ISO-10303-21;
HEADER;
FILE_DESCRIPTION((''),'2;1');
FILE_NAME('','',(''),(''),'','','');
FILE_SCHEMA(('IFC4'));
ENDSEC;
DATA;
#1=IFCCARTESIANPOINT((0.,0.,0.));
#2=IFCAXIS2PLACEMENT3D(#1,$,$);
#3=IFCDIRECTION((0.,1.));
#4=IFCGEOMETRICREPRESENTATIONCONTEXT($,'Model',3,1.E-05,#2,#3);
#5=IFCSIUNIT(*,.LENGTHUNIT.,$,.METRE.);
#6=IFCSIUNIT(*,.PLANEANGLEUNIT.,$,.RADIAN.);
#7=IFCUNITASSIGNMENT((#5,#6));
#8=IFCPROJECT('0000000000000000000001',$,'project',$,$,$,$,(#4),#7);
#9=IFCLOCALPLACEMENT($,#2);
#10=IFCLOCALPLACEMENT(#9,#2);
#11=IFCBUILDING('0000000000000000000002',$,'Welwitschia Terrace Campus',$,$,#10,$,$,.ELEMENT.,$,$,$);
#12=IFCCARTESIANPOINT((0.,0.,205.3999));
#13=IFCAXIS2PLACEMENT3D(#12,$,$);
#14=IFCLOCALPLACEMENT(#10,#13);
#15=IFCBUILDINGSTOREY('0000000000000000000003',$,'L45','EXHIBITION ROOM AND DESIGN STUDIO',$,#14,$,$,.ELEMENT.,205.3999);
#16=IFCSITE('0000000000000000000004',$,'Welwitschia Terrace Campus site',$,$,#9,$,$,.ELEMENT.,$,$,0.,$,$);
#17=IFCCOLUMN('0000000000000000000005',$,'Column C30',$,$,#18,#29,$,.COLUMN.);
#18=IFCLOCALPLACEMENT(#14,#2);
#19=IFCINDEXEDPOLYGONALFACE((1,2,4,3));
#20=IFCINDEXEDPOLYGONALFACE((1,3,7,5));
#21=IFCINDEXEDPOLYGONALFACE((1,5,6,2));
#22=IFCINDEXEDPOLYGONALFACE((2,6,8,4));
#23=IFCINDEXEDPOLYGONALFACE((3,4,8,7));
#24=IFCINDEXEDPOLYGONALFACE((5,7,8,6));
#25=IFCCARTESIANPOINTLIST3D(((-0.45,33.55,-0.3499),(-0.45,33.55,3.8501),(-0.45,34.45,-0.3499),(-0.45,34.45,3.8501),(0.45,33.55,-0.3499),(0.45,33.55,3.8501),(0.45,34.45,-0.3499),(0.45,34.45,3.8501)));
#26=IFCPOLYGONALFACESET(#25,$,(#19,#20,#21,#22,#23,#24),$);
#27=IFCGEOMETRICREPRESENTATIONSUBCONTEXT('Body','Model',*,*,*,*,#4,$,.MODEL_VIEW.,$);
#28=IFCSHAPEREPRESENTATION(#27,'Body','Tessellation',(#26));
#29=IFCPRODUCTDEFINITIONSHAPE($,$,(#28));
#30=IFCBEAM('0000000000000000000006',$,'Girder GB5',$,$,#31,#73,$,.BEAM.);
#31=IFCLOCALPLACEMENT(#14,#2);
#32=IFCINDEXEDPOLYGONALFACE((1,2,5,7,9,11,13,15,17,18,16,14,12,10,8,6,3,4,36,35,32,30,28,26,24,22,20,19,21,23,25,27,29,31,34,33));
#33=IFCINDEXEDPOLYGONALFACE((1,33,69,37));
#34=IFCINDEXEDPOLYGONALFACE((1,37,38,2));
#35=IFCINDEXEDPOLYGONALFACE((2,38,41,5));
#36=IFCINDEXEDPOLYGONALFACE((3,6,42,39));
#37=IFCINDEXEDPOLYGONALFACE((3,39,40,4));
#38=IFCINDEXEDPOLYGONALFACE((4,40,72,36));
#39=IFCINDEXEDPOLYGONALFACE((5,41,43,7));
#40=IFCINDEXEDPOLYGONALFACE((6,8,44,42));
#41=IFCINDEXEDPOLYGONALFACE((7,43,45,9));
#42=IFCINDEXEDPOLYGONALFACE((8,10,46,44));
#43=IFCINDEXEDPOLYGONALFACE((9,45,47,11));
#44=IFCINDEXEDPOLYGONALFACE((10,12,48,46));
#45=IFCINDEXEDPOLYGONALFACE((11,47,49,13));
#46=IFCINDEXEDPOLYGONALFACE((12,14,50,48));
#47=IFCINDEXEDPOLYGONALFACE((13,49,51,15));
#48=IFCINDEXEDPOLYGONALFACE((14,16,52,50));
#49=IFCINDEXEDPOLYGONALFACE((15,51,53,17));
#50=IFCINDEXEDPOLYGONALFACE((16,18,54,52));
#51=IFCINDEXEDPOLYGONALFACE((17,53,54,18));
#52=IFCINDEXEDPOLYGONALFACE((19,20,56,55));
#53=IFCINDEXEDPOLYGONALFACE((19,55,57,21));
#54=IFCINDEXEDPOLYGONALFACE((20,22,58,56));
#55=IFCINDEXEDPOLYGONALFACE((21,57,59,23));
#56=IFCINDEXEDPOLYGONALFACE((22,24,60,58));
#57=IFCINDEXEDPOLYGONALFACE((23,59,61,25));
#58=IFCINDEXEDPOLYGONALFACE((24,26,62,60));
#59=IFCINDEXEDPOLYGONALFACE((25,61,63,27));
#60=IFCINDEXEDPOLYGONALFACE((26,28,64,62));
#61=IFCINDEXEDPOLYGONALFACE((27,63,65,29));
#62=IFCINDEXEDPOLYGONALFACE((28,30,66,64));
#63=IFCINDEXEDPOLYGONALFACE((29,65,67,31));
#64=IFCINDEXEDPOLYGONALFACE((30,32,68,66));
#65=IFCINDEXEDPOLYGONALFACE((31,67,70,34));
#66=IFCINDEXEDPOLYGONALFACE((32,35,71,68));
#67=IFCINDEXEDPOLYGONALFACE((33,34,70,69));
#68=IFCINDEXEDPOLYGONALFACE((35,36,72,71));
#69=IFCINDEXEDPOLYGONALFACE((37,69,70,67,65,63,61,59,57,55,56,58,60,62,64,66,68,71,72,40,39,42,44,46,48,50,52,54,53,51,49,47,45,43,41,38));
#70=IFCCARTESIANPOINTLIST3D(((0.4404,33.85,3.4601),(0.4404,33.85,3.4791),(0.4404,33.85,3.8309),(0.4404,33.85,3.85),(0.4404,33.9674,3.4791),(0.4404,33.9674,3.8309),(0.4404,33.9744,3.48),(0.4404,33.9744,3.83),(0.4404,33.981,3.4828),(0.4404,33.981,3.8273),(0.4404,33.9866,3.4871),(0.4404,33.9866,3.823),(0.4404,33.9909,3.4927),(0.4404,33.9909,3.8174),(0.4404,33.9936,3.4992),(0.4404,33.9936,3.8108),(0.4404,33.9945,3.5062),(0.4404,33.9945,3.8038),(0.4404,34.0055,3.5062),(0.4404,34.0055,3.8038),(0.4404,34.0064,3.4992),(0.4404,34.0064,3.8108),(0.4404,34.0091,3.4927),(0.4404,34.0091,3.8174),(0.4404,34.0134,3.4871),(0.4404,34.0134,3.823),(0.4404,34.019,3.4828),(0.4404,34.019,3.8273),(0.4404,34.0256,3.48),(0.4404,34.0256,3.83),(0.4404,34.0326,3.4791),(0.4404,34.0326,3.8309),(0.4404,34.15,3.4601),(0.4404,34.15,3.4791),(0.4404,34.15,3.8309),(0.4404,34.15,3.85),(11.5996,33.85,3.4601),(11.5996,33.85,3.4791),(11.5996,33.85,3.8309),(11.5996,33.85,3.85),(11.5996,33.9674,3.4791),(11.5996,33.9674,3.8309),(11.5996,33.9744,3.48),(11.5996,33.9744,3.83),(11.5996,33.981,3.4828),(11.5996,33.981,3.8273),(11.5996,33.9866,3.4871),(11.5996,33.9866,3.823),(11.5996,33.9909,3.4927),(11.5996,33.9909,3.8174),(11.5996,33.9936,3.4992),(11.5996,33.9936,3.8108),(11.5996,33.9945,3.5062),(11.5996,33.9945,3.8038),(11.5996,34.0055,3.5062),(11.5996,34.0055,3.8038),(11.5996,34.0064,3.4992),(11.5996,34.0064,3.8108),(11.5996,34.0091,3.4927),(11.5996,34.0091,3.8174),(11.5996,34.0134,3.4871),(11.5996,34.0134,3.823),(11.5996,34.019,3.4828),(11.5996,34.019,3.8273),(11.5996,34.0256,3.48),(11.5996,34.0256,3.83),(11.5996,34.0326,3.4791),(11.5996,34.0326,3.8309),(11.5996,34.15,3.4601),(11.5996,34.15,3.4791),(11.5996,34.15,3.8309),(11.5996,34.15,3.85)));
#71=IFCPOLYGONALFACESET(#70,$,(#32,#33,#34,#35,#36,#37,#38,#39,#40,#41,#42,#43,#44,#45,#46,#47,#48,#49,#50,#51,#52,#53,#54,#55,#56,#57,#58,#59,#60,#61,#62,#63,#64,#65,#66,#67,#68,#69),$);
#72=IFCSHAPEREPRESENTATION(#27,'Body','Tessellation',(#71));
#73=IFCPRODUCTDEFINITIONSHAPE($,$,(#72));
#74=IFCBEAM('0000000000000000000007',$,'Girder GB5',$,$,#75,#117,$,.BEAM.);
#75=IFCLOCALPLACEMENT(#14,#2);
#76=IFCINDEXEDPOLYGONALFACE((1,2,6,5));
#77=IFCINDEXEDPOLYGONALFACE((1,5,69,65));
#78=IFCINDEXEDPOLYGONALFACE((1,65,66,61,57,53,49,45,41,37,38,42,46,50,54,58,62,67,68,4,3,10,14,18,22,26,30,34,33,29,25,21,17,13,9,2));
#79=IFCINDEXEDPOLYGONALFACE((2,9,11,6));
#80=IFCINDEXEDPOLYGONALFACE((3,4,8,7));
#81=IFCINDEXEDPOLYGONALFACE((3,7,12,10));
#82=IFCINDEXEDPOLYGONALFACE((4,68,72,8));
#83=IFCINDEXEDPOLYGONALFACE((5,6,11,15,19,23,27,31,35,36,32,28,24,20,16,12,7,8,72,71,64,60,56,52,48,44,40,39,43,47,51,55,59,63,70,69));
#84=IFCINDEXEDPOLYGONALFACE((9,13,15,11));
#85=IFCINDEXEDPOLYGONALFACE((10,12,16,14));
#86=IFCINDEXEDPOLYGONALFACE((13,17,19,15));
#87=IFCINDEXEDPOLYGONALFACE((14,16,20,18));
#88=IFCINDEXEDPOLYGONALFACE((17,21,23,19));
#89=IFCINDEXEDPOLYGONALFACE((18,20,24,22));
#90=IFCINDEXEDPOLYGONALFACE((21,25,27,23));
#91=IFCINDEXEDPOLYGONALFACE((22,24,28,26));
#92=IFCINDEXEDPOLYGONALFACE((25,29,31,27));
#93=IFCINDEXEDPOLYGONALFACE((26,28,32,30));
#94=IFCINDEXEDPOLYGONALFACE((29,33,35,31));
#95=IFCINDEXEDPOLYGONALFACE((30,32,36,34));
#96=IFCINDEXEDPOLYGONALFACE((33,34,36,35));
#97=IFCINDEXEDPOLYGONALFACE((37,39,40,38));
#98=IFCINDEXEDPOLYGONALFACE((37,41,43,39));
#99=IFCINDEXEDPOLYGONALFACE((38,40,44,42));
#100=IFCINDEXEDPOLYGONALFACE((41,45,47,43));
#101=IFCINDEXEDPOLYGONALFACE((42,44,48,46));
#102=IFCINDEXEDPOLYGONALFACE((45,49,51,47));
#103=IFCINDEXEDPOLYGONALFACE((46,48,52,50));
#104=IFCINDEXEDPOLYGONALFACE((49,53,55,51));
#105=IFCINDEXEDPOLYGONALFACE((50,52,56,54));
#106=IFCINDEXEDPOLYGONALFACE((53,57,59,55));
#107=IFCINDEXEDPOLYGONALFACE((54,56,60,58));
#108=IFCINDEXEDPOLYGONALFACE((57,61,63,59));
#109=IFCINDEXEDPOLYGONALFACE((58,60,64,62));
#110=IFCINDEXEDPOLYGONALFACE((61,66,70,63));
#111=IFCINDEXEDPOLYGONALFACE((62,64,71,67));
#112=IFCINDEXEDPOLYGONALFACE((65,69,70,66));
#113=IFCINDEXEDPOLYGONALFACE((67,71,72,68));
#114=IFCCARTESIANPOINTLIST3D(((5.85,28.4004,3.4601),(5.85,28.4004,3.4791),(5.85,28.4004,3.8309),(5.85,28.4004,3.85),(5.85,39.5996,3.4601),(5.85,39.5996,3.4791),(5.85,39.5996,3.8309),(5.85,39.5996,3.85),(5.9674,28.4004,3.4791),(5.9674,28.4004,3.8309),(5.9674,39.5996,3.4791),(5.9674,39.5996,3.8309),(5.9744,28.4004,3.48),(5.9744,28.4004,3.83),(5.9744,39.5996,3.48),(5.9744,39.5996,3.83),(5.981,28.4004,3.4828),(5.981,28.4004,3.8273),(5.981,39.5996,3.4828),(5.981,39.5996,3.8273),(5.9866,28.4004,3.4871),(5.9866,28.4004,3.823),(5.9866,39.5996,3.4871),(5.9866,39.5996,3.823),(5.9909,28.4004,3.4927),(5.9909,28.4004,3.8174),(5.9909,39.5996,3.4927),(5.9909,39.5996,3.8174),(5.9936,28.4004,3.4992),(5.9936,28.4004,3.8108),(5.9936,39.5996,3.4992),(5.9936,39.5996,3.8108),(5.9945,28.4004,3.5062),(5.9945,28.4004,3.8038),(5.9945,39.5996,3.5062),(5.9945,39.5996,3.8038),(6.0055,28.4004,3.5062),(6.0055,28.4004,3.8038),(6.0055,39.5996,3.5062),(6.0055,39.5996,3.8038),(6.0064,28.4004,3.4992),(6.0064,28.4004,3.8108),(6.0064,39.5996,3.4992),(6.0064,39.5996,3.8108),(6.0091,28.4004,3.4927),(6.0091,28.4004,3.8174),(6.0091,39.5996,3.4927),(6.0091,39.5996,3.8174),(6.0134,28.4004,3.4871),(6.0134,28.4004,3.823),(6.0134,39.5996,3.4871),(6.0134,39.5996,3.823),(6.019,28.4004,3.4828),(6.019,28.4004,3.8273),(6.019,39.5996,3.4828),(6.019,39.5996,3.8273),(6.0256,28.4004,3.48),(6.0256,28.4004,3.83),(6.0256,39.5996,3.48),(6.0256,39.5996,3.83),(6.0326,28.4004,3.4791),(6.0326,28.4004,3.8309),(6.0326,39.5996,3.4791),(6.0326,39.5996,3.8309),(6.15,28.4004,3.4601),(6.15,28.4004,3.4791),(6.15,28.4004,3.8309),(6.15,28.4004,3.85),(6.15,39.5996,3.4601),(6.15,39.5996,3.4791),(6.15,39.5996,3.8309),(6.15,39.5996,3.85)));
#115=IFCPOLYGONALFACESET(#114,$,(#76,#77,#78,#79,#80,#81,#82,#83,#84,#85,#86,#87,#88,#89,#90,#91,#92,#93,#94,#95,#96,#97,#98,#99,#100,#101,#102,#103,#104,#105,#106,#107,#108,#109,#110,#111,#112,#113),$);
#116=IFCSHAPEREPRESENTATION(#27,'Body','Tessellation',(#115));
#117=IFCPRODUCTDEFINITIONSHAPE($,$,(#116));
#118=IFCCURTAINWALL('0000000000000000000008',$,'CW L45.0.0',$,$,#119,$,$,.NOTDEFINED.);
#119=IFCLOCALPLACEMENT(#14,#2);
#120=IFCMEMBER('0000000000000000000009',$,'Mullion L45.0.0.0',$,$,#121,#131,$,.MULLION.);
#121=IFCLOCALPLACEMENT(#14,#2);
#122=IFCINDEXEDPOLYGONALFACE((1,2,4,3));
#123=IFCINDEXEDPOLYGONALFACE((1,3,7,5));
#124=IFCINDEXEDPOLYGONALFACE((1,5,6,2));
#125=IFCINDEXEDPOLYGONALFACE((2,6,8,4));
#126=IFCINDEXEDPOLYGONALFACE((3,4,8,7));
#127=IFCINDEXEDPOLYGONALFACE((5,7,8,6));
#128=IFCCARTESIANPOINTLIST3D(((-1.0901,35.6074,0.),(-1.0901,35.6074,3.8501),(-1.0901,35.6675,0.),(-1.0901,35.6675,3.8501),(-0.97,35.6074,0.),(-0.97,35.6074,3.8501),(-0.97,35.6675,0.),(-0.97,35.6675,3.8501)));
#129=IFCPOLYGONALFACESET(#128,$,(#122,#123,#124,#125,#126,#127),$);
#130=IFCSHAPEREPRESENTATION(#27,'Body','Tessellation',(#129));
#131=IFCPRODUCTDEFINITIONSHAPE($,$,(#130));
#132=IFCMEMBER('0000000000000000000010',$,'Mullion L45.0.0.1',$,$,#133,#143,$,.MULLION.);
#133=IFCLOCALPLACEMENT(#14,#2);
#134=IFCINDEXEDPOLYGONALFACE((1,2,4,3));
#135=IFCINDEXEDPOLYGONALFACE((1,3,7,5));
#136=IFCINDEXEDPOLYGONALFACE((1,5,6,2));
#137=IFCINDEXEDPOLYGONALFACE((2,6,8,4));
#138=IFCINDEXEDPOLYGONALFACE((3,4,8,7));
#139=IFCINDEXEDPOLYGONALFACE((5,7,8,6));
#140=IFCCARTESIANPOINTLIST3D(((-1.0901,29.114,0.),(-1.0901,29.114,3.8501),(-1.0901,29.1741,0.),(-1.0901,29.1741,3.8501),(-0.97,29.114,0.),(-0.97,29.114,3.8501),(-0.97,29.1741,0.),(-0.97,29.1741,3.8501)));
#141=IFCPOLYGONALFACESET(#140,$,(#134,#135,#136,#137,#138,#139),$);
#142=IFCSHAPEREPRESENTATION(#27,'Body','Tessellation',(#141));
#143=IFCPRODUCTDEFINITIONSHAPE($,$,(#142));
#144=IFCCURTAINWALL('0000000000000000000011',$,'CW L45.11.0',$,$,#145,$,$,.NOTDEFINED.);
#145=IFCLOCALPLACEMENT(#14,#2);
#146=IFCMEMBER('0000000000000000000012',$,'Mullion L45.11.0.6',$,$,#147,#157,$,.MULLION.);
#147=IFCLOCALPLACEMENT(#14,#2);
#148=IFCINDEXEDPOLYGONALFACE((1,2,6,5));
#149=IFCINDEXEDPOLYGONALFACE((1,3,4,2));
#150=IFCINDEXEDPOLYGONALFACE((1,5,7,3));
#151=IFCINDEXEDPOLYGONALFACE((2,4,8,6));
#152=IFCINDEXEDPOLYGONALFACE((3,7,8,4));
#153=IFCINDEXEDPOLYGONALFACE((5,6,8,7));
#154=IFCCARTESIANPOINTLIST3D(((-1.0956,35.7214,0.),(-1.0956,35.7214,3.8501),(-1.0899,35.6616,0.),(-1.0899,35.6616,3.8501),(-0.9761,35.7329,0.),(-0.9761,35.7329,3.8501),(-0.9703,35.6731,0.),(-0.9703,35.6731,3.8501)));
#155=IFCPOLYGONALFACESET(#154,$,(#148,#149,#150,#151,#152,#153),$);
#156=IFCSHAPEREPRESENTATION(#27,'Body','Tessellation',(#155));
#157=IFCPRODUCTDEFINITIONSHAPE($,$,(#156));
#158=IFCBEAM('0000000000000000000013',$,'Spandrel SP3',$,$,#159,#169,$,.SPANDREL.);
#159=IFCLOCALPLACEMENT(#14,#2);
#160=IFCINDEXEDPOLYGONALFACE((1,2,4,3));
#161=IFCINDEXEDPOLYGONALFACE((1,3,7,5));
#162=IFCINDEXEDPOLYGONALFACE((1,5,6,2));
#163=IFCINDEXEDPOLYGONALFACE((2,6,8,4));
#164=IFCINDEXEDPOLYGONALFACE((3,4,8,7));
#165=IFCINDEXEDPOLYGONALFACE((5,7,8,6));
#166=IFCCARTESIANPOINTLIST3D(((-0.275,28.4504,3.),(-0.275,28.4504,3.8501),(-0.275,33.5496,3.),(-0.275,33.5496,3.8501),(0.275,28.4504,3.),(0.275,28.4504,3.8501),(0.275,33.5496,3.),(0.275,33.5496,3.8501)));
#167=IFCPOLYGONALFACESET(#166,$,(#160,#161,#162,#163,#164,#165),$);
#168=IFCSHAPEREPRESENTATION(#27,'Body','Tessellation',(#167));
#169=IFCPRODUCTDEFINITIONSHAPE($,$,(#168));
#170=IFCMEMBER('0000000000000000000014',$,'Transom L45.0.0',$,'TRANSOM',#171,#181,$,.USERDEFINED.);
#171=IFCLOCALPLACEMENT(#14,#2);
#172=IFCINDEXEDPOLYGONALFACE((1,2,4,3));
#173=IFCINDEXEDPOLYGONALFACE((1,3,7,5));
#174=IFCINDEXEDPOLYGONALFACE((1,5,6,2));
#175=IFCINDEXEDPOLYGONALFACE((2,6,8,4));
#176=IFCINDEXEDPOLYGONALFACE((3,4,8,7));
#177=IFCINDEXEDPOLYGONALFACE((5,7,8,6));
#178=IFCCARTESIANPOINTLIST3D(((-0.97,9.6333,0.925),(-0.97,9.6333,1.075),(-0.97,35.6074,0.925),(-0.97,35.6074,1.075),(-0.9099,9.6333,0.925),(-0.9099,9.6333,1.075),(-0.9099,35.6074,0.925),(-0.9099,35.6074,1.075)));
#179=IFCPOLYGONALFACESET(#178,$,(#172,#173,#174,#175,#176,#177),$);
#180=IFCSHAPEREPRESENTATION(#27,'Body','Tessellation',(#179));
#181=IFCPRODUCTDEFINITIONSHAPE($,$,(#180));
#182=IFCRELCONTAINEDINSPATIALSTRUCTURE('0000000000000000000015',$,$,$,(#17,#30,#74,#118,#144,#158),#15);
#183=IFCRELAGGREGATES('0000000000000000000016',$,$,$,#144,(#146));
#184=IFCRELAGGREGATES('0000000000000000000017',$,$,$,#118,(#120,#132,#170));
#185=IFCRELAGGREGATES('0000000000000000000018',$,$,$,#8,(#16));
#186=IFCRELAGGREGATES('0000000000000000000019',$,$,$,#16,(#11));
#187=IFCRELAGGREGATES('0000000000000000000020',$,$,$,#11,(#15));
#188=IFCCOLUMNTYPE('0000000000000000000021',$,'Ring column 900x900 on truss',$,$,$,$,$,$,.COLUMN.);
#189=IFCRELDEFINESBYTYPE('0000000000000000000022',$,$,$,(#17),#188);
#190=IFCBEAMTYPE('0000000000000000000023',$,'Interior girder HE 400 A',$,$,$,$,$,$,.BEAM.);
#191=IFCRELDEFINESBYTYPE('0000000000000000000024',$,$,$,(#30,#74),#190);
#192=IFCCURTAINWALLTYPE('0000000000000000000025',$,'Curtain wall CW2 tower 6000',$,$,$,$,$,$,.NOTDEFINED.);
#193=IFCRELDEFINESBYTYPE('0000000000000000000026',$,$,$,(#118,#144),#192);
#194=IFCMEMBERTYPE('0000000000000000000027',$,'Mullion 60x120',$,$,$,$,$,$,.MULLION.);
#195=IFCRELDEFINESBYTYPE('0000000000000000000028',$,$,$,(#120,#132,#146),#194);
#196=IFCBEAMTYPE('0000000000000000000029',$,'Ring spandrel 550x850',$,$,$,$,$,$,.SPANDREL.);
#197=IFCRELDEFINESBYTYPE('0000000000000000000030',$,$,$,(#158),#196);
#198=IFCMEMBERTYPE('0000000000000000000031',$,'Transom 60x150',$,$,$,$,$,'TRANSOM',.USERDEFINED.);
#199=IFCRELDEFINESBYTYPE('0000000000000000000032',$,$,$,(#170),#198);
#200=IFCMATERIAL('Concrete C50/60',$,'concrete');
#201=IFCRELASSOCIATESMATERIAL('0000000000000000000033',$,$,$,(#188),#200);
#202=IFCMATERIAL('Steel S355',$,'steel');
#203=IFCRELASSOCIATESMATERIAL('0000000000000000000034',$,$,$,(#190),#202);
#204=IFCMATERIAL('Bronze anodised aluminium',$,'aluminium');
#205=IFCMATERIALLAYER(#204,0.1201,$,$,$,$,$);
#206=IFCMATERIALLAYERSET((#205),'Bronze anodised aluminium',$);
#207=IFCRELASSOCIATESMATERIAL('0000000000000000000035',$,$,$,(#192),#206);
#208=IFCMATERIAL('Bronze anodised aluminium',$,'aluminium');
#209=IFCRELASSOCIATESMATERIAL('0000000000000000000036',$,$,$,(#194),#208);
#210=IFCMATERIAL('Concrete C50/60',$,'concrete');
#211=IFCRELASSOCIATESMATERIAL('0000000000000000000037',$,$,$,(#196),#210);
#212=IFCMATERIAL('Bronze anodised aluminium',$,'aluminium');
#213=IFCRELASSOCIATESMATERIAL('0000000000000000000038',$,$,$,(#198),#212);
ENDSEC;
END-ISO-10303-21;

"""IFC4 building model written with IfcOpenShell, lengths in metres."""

from ifc_helpers import new_model, si_unit, direction, frame, origin, origin_2d, place, context, subcontext, project, spatial, rectangle, i_section, extrude, material, layer, layer_set, material_profile, profile_set, type_object, element, aggregate, save


model = new_model("IFC4")

# Units and contexts
model_context = context("Model", 3, precision=1e-05, world=origin(), true_north=direction((0.0, 1.0)))
body_context = subcontext(model_context, "Body", "Model", "MODEL_VIEW")
ifc_project = project(units=[si_unit("LENGTHUNIT", "METRE"), si_unit("PLANEANGLEUNIT", "RADIAN")], contexts=[model_context])

# Site, building, storey
site_placement = place(None, origin())
site = spatial("IfcSite", under=ifc_project, at=site_placement, Name="Welwitschia Terrace Campus site", CompositionType="ELEMENT", RefElevation=0.0)
building_placement = place(site_placement, origin())
building = spatial("IfcBuilding", under=site, at=building_placement, Name="Welwitschia Terrace Campus", CompositionType="ELEMENT")
storey_placement = place(building_placement, frame((0.0, 0.0, 205.3999)))
storey = spatial("IfcBuildingStorey", under=building, at=storey_placement, Name="L45", Description="EXHIBITION ROOM AND DESIGN STUDIO", CompositionType="ELEMENT", Elevation=205.3999)

# Column
ifc_material_1 = material(Name="Concrete C50/60", Category="concrete")
ifc_material_profile_1 = material_profile(ifc_material_1, rectangle(XDim=0.8999, YDim=0.8999, at=origin_2d()))
ifc_profile_set_1 = profile_set([ifc_material_profile_1], Name="Concrete C50/60")
column_type = type_object("IfcColumnType", Name="Ring column 900x900 on truss", PredefinedType="COLUMN", material=ifc_profile_set_1)
column_placement = place(storey_placement, frame((0.0, 34.0, -0.3499), z_axis=(0.0, 0.0, 1.0), x_axis=(1.0, 0.0, 0.0)))
element("IfcColumn", 1, at=column_placement, inside=storey, type_object=column_type, Name="Column C30", PredefinedType="COLUMN", context=body_context, shape_type="SweptSolid", body=[
    extrude(rectangle(XDim=0.8999, YDim=0.8999, at=origin_2d()), origin(), (0.0, 0.0, 1.0), 4.2),
])

# Beams
ifc_material_2 = material(Name="Steel S355", Category="steel")
ifc_material_profile_2 = material_profile(ifc_material_2, i_section(OverallWidth=0.3, OverallDepth=0.3899, WebThickness=0.011, FlangeThickness=0.019, FilletRadius=0.0271, at=origin_2d()))
ifc_profile_set_2 = profile_set([ifc_material_profile_2], Name="Steel S355")
beam_type_1 = type_object("IfcBeamType", Name="Interior girder HE 400 A", PredefinedType="BEAM", material=ifc_profile_set_2)
beam_1_placement = place(storey_placement, frame((0.4404, 34.0, 3.655), z_axis=(1.0, 0.0, 0.0), x_axis=(0.0, 1.0, 0.0)))
element("IfcBeam", 2, at=beam_1_placement, inside=storey, type_object=beam_type_1, Name="Girder GB5", PredefinedType="BEAM", context=body_context, shape_type="SweptSolid", body=[
    extrude(i_section(OverallWidth=0.3, OverallDepth=0.3899, WebThickness=0.011, FlangeThickness=0.019, FilletRadius=0.0271, at=origin_2d()), origin(), (0.0, 0.0, 1.0), 11.1592),
])
beam_2_placement = place(storey_placement, frame((6.0, 28.4004, 3.655), z_axis=(0.0, 1.0, 0.0), x_axis=(-1.0, 0.0, 0.0)))
element("IfcBeam", 3, at=beam_2_placement, inside=storey, type_object=beam_type_1, Name="Girder GB5", PredefinedType="BEAM", context=body_context, shape_type="SweptSolid", body=[
    extrude(i_section(OverallWidth=0.3, OverallDepth=0.3899, WebThickness=0.011, FlangeThickness=0.019, FilletRadius=0.0271, at=origin_2d()), origin(), (0.0, 0.0, 1.0), 11.1992),
])

# Curtain wall, members
ifc_material_3 = material(Name="Bronze anodised aluminium", Category="aluminium")
ifc_layer_1 = layer(ifc_material_3, 0.1201)
ifc_layer_set_1 = layer_set([ifc_layer_1], Name="Bronze anodised aluminium")
curtain_wall_type = type_object("IfcCurtainWallType", Name="Curtain wall CW2 tower 6000", PredefinedType="NOTDEFINED", material=ifc_layer_set_1)
curtain_wall_1_placement = place(storey_placement, origin())
curtain_wall_1 = element("IfcCurtainWall", 4, at=curtain_wall_1_placement, inside=storey, type_object=curtain_wall_type, Name="CW L45.0.0", PredefinedType="NOTDEFINED")
ifc_material_4 = material(Name="Bronze anodised aluminium", Category="aluminium")
ifc_material_profile_3 = material_profile(ifc_material_4, rectangle(XDim=0.1201, YDim=0.0601, at=origin_2d()))
ifc_profile_set_3 = profile_set([ifc_material_profile_3], Name="Bronze anodised aluminium")
member_type_1 = type_object("IfcMemberType", Name="Mullion 60x120", PredefinedType="MULLION", material=ifc_profile_set_3)
member_1_placement = place(storey_placement, frame((-1.03, 35.6375, 0.0), z_axis=(0.0, 0.0, 1.0), x_axis=(1.0, 0.0, 0.0)))
member_1 = element("IfcMember", 5, at=member_1_placement, type_object=member_type_1, Name="Mullion L45.0.0.0", PredefinedType="MULLION", context=body_context, shape_type="SweptSolid", body=[
    extrude(rectangle(XDim=0.1201, YDim=0.0601, at=origin_2d()), origin(), (0.0, 0.0, 1.0), 3.8501),
])
member_2_placement = place(storey_placement, frame((-1.03, 29.144, 0.0), z_axis=(0.0, 0.0, 1.0), x_axis=(1.0, 0.0, 0.0)))
member_2 = element("IfcMember", 6, at=member_2_placement, type_object=member_type_1, Name="Mullion L45.0.0.1", PredefinedType="MULLION", context=body_context, shape_type="SweptSolid", body=[
    extrude(rectangle(XDim=0.1201, YDim=0.0601, at=origin_2d()), origin(), (0.0, 0.0, 1.0), 3.8501),
])

# Curtain wall, member
curtain_wall_2_placement = place(storey_placement, origin())
curtain_wall_2 = element("IfcCurtainWall", 7, at=curtain_wall_2_placement, inside=storey, type_object=curtain_wall_type, Name="CW L45.11.0", PredefinedType="NOTDEFINED")
member_3_placement = place(storey_placement, frame((-1.033, 35.6973, 0.0), z_axis=(0.0, 0.0, 1.0), x_axis=(0.995396, 0.095846, 0.0)))
member_3 = element("IfcMember", 8, at=member_3_placement, type_object=member_type_1, Name="Mullion L45.11.0.6", PredefinedType="MULLION", context=body_context, shape_type="SweptSolid", body=[
    extrude(rectangle(XDim=0.1201, YDim=0.0601, at=origin_2d()), origin(), (0.0, 0.0, 1.0), 3.8501),
])
aggregate(curtain_wall_2, [member_3])

# Beam
ifc_material_5 = material(Name="Concrete C50/60", Category="concrete")
ifc_material_profile_4 = material_profile(ifc_material_5, rectangle(XDim=0.55, YDim=0.8501, at=origin_2d()))
ifc_profile_set_4 = profile_set([ifc_material_profile_4], Name="Concrete C50/60")
beam_type_2 = type_object("IfcBeamType", Name="Ring spandrel 550x850", PredefinedType="SPANDREL", material=ifc_profile_set_4)
beam_3_placement = place(storey_placement, frame((0.0, 33.5496, 3.425), z_axis=(0.0, -1.0, 0.0), x_axis=(1.0, 0.0, 0.0)))
element("IfcBeam", 9, at=beam_3_placement, inside=storey, type_object=beam_type_2, Name="Spandrel SP3", PredefinedType="SPANDREL", context=body_context, shape_type="SweptSolid", body=[
    extrude(rectangle(XDim=0.55, YDim=0.8501, at=origin_2d()), origin(), (0.0, 0.0, 1.0), 5.0991),
])

# Member
ifc_material_6 = material(Name="Bronze anodised aluminium", Category="aluminium")
ifc_material_profile_5 = material_profile(ifc_material_6, rectangle(XDim=0.0601, YDim=0.1499, at=origin_2d()))
ifc_profile_set_5 = profile_set([ifc_material_profile_5], Name="Bronze anodised aluminium")
member_type_2 = type_object("IfcMemberType", Name="Transom 60x150", ElementType="TRANSOM", PredefinedType="USERDEFINED", material=ifc_profile_set_5)
member_4_placement = place(storey_placement, frame((-0.9399, 35.6074, 1.0), z_axis=(0.0, -1.0, 0.0), x_axis=(1.0, 0.0, 0.0)))
member_4 = element("IfcMember", 10, at=member_4_placement, type_object=member_type_2, Name="Transom L45.0.0", ObjectType="TRANSOM", PredefinedType="USERDEFINED", context=body_context, shape_type="SweptSolid", body=[
    extrude(rectangle(XDim=0.0601, YDim=0.1499, at=origin_2d()), origin(), (0.0, 0.0, 1.0), 25.9741),
])

aggregate(curtain_wall_1, [member_1, member_2, member_4])

save(model, "model.ifc")
